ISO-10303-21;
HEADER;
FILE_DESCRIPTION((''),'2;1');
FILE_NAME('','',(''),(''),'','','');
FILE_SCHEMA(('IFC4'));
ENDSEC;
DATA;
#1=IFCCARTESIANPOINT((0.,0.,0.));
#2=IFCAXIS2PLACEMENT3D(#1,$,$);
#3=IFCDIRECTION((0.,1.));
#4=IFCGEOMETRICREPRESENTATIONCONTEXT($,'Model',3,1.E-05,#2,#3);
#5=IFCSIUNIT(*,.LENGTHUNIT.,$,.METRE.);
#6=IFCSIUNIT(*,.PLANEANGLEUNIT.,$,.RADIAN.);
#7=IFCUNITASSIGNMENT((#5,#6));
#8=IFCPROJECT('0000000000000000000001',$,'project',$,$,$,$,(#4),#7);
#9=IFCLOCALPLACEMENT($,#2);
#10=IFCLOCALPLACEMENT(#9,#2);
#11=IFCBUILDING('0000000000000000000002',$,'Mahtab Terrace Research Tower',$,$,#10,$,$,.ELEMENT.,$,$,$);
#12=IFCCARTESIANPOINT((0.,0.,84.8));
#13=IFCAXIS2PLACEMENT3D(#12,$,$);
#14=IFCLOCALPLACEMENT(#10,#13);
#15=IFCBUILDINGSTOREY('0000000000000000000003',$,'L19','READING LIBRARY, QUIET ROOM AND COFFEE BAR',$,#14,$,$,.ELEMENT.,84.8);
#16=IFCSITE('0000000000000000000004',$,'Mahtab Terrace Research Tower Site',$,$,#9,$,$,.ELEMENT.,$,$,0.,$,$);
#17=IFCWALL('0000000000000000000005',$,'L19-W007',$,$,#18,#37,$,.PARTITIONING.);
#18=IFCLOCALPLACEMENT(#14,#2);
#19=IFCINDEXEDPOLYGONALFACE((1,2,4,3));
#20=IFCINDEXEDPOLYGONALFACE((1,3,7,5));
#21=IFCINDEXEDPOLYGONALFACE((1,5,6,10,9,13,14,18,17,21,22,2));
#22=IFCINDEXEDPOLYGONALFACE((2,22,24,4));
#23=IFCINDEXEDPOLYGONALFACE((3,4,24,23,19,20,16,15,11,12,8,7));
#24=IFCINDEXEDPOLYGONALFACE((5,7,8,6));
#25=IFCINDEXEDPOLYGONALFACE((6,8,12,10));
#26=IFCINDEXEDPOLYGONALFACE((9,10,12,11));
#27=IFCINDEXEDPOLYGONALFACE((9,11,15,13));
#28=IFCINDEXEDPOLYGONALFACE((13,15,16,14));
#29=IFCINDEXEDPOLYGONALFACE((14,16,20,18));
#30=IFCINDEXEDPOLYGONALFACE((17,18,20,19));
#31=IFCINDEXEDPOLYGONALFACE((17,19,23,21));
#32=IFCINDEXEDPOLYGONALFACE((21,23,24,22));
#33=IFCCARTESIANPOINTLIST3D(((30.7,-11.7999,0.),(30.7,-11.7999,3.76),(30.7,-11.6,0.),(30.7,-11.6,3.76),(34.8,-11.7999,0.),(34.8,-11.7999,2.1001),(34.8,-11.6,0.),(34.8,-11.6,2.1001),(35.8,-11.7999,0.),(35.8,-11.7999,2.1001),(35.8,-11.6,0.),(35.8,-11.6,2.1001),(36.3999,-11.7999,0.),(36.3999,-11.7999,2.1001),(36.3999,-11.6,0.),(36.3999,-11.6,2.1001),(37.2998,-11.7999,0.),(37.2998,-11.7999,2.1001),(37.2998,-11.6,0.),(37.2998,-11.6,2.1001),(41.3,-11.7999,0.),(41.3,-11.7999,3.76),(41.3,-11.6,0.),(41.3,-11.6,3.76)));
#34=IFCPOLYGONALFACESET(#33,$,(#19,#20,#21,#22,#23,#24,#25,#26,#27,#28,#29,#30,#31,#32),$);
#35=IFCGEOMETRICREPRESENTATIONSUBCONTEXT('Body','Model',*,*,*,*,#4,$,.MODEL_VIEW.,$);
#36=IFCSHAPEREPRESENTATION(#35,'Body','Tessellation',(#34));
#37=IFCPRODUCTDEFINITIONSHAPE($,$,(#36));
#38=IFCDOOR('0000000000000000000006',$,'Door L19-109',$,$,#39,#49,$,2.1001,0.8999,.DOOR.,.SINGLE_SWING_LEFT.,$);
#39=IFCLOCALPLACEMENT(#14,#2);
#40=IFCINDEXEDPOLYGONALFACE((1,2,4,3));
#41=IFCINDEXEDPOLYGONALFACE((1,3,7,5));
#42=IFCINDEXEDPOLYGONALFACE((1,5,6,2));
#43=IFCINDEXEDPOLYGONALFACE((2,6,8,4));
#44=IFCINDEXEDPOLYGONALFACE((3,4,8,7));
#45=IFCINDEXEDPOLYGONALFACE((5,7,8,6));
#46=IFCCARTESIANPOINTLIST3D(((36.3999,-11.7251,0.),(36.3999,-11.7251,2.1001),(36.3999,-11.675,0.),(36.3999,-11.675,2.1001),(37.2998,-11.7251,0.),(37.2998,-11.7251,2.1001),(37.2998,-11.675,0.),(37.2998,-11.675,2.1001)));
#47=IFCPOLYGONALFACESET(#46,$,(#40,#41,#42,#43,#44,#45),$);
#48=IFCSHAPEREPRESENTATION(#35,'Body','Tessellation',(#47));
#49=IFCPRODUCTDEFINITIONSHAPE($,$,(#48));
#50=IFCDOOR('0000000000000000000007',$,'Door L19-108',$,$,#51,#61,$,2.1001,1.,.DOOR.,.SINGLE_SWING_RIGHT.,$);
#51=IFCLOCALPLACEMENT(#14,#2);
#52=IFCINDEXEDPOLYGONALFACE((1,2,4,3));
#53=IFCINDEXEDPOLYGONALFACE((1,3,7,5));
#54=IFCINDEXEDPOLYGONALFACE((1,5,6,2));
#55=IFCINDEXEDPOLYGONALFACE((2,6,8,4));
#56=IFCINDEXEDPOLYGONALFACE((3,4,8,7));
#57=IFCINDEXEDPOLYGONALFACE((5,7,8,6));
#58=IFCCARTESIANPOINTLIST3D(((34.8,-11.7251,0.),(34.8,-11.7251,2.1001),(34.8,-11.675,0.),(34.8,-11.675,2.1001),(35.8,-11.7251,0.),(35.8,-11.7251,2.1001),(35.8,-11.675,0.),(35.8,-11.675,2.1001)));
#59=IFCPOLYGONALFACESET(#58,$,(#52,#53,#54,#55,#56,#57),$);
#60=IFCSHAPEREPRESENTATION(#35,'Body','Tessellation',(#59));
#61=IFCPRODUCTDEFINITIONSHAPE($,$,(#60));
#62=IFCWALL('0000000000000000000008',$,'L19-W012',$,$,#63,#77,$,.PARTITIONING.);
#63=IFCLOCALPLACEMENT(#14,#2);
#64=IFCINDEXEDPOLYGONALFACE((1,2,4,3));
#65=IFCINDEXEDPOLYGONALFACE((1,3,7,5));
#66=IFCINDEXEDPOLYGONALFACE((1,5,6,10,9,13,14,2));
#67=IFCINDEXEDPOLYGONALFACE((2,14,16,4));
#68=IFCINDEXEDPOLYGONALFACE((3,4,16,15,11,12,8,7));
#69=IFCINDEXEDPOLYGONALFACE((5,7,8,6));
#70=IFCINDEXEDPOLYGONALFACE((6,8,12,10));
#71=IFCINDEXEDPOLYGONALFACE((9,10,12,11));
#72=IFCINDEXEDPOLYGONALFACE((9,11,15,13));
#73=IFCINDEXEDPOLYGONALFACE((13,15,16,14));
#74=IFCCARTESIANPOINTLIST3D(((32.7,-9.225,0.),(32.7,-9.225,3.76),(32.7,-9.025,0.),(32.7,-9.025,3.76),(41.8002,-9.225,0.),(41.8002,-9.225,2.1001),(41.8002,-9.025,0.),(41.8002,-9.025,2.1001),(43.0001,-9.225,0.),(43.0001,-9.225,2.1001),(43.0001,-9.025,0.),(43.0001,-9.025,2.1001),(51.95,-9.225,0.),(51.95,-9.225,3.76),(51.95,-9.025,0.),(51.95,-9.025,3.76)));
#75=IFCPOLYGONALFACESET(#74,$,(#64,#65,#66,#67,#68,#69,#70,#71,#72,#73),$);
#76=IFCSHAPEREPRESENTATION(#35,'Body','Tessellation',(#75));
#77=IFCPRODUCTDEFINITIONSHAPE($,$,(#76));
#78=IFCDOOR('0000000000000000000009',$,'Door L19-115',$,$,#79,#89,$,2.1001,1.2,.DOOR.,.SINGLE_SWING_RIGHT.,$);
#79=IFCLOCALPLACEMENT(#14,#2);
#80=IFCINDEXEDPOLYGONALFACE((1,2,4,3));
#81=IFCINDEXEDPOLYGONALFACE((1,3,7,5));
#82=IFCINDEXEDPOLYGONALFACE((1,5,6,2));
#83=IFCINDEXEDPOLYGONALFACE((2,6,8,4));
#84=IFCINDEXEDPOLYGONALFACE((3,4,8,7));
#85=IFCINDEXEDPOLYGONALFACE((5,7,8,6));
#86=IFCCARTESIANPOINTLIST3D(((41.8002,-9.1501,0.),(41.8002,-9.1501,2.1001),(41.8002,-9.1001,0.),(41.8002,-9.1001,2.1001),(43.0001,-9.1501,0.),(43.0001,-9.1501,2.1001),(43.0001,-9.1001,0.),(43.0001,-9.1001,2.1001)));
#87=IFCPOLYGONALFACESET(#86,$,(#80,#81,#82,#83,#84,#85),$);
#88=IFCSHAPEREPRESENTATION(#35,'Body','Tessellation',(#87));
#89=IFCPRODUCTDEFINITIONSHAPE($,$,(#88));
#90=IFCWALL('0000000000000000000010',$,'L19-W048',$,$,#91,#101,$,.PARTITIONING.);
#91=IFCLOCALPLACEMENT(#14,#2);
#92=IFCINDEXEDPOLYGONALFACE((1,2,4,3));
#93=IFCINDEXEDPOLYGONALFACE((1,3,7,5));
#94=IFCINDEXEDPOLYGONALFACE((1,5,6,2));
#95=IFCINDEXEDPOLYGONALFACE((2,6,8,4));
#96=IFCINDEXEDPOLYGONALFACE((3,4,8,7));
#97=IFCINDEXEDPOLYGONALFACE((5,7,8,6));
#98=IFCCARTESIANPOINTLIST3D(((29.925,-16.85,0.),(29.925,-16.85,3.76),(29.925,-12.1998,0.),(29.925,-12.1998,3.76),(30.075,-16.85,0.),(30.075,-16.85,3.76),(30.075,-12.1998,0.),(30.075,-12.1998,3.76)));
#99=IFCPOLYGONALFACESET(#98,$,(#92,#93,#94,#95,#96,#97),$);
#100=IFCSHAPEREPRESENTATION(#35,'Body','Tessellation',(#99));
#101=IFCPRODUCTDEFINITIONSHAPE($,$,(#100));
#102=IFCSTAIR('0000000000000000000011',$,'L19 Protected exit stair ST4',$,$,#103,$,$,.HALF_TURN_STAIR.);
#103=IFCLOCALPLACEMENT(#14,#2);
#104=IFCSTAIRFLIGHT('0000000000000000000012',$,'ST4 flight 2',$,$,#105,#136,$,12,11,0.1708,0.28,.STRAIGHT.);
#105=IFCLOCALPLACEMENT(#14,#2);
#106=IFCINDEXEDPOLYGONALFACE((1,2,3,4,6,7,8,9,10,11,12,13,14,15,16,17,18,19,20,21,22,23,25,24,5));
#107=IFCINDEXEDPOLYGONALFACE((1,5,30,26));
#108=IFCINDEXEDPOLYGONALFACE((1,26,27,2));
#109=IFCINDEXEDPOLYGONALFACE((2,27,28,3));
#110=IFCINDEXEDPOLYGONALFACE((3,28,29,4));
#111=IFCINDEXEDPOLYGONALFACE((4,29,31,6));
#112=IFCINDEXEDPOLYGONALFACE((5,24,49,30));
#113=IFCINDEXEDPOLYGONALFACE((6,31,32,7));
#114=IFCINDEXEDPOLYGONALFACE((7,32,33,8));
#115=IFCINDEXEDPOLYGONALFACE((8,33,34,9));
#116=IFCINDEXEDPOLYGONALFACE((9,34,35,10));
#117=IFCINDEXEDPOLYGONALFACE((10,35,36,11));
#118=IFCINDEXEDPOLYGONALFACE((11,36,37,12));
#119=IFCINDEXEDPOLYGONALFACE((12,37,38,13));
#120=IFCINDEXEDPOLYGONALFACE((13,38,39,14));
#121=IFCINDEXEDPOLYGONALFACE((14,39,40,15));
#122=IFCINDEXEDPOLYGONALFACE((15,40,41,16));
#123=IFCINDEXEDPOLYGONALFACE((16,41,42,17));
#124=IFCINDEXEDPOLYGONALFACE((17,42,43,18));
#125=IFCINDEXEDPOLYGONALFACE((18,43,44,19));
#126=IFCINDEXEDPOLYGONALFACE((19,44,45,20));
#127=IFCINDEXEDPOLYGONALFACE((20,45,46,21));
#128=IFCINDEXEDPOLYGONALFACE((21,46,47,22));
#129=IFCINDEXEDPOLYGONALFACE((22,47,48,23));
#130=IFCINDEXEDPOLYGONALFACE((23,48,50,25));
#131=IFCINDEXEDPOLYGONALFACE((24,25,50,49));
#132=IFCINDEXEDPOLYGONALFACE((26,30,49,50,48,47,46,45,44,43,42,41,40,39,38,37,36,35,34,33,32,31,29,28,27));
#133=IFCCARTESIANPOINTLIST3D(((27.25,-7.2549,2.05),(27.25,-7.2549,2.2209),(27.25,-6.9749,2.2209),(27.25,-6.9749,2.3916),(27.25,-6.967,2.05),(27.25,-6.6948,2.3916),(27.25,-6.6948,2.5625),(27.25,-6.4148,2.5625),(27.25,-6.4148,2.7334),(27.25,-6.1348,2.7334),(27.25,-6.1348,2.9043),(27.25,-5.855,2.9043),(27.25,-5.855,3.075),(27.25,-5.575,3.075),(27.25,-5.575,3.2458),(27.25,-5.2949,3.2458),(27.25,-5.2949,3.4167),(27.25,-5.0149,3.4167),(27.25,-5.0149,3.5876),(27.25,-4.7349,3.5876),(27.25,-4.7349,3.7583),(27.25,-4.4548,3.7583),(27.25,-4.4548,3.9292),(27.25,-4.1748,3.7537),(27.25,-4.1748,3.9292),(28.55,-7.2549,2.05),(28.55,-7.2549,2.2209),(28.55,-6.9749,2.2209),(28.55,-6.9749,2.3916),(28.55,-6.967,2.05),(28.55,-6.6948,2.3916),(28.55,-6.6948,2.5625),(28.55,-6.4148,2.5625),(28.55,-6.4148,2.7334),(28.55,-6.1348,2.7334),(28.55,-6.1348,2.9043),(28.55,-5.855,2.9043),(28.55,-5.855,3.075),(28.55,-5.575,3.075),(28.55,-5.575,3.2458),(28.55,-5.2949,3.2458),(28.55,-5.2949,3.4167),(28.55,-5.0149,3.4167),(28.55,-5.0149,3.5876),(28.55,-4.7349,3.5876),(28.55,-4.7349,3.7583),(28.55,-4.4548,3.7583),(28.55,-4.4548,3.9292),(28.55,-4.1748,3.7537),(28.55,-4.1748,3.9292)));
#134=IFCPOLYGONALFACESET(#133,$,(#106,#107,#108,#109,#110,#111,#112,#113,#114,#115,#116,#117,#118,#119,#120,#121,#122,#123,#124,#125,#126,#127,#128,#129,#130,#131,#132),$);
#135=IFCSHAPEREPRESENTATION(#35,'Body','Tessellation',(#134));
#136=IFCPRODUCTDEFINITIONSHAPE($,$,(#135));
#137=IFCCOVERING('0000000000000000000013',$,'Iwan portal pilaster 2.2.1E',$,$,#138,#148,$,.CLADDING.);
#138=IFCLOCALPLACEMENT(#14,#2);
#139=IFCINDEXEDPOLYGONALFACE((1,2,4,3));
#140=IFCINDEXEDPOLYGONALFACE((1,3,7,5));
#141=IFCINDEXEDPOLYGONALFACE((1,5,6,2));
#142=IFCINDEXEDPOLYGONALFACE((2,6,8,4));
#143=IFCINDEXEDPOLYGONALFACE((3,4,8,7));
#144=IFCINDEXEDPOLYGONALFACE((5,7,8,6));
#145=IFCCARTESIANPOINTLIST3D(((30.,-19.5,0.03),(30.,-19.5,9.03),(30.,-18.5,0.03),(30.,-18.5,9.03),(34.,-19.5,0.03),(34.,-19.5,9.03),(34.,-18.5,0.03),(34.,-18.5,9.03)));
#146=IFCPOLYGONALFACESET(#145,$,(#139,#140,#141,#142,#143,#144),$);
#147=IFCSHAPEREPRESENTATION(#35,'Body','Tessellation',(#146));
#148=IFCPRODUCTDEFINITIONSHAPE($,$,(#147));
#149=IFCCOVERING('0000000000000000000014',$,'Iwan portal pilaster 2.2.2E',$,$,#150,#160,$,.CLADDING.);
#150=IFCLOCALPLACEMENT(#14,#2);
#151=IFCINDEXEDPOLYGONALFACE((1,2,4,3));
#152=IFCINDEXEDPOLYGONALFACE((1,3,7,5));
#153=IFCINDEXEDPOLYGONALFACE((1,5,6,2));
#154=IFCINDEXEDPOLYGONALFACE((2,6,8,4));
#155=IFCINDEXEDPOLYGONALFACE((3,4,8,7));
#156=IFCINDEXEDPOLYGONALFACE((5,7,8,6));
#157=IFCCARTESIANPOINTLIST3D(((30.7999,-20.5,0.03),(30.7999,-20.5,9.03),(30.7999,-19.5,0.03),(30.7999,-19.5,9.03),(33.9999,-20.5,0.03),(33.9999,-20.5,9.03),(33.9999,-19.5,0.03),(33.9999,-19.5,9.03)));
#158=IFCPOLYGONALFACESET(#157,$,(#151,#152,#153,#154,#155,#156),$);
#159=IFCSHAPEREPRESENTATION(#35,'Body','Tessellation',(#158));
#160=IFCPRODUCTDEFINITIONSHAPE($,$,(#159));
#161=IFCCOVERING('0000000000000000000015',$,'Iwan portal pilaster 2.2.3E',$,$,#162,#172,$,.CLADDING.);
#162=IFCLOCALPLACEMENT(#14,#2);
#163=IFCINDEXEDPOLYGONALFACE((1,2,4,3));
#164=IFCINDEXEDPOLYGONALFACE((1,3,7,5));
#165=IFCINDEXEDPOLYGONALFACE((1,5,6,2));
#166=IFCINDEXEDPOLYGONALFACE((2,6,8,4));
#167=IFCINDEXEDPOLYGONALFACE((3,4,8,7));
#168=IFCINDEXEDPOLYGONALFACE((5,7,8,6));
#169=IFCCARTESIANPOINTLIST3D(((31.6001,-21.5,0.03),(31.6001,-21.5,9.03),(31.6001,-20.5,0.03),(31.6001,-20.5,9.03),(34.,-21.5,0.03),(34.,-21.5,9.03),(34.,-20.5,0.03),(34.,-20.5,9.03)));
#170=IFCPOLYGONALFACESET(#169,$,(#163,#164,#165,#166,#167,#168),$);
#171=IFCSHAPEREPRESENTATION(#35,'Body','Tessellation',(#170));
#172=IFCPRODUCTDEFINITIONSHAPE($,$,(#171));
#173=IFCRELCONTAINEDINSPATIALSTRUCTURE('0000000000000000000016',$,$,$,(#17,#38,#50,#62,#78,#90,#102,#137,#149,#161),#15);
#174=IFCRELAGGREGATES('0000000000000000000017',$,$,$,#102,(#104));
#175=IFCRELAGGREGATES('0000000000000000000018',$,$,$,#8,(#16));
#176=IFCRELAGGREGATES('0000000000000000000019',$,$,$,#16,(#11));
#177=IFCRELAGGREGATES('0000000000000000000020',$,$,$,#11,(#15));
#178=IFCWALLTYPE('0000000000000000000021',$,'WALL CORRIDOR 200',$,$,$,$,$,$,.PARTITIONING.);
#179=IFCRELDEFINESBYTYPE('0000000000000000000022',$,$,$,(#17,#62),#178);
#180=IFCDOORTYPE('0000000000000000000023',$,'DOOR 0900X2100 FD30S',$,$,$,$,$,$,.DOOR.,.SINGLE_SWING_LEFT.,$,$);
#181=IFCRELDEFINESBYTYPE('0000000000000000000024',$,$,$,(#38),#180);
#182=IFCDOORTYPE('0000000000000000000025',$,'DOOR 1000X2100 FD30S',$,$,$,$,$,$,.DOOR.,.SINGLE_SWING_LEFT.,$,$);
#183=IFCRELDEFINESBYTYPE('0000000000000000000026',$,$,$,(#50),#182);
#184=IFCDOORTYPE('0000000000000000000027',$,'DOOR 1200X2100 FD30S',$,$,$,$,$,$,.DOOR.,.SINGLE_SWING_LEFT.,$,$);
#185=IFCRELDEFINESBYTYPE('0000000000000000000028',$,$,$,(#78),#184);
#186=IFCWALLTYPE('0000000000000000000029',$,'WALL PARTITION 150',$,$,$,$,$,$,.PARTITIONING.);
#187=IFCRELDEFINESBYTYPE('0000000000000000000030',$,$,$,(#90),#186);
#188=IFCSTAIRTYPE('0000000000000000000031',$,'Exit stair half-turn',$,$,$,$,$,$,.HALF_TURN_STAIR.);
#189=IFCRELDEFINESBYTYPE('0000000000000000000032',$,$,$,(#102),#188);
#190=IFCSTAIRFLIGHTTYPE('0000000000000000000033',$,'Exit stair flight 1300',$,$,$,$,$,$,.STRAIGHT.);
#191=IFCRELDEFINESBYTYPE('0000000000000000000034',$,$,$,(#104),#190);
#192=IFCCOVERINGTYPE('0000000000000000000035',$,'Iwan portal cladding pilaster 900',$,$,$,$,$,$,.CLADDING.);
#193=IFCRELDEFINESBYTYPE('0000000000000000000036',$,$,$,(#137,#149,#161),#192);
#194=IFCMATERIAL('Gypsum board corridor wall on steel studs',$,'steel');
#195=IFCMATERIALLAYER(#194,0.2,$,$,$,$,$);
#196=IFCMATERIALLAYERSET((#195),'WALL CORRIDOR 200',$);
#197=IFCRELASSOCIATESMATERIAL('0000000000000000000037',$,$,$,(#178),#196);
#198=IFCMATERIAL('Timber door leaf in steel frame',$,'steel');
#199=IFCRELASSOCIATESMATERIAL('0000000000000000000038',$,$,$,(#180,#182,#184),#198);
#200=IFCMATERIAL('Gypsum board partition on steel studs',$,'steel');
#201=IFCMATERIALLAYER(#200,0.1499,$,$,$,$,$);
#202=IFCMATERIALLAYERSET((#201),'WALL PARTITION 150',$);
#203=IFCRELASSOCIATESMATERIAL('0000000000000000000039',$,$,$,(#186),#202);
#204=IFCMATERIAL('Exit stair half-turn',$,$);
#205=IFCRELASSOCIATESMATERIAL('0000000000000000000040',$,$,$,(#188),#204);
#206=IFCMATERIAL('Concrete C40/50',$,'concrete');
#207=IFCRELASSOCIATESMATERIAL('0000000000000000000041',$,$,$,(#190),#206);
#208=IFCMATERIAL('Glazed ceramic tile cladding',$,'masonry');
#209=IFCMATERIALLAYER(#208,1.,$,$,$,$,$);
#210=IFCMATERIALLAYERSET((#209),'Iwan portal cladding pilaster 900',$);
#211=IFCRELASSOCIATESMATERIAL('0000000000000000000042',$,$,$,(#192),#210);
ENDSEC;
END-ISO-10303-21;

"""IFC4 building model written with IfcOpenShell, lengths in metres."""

from ifc_helpers import new_model, si_unit, direction, frame, frame_2d, origin, origin_2d, place, context, subcontext, project, spatial, polyline, rectangle, outline, extrude, material, layer, layer_set, type_object, element, fill, aggregate, save


model = new_model("IFC4")

# Units and contexts
model_context = context("Model", 3, precision=1e-05, world=origin(), true_north=direction((0.0, 1.0)))
body_context = subcontext(model_context, "Body", "Model", "MODEL_VIEW")
ifc_project = project(units=[si_unit("LENGTHUNIT", "METRE"), si_unit("PLANEANGLEUNIT", "RADIAN")], contexts=[model_context])

# Site, building, storey
site_placement = place(None, origin())
site = spatial("IfcSite", under=ifc_project, at=site_placement, Name="Mahtab Terrace Research Tower Site", CompositionType="ELEMENT", RefElevation=0.0)
building_placement = place(site_placement, origin())
building = spatial("IfcBuilding", under=site, at=building_placement, Name="Mahtab Terrace Research Tower", CompositionType="ELEMENT")
storey_placement = place(building_placement, frame((0.0, 0.0, 84.8)))
storey = spatial("IfcBuildingStorey", under=building, at=storey_placement, Name="L19", Description="READING LIBRARY, QUIET ROOM AND COFFEE BAR", CompositionType="ELEMENT", Elevation=84.8)

# Wall, openings, doors
ifc_material_1 = material(Name="Gypsum board corridor wall on steel studs", Category="steel")
ifc_layer_1 = layer(ifc_material_1, 0.2)
ifc_layer_set_1 = layer_set([ifc_layer_1], Name="WALL CORRIDOR 200")
wall_type_1 = type_object("IfcWallType", Name="WALL CORRIDOR 200", PredefinedType="PARTITIONING", material=ifc_layer_set_1)
wall_1_placement = place(storey_placement, frame((30.7, -11.7, 0.0), z_axis=(0.0, 0.0, 1.0), x_axis=(1.0, 0.0, 0.0)))
wall_1 = element("IfcWall", 1, at=wall_1_placement, inside=storey, type_object=wall_type_1, Name="L19-W007", PredefinedType="PARTITIONING", context=body_context, shape_type="SweptSolid", body=[
    extrude(rectangle(XDim=10.6001, YDim=0.2, at=frame_2d((5.3, 0.0))), origin(), (0.0, 0.0, 1.0), 3.76),
])
opening_1_placement = place(wall_1_placement, frame((4.1001, 0.0, 0.0)))
opening_1 = element("IfcOpeningElement", 2, at=opening_1_placement, cuts=wall_1, PredefinedType="OPENING", context=body_context, shape_type="SweptSolid", body=[
    extrude(rectangle(XDim=1.0, YDim=2.1001, at=frame_2d((0.5, 1.05))), frame((0.0, 0.1099, 0.0), z_axis=(0.0, -1.0, 0.0), x_axis=(1.0, 0.0, 0.0)), (0.0, 0.0, 1.0), 0.22),
])
opening_2_placement = place(wall_1_placement, frame((5.7, 0.0, 0.0)))
opening_2 = element("IfcOpeningElement", 3, at=opening_2_placement, cuts=wall_1, PredefinedType="OPENING", context=body_context, shape_type="SweptSolid", body=[
    extrude(rectangle(XDim=0.8999, YDim=2.1001, at=frame_2d((0.45, 1.05))), frame((0.0, 0.1099, 0.0), z_axis=(0.0, -1.0, 0.0), x_axis=(1.0, 0.0, 0.0)), (0.0, 0.0, 1.0), 0.22),
])
ifc_material_2 = material(Name="Timber door leaf in steel frame", Category="steel")
door_type_1 = type_object("IfcDoorType", Name="DOOR 0900X2100 FD30S", OperationType="SINGLE_SWING_LEFT", PredefinedType="DOOR", material=ifc_material_2)
door_1_placement = place(opening_2_placement, origin())
door_1 = element("IfcDoor", 4, at=door_1_placement, inside=storey, type_object=door_type_1, Name="Door L19-109", OperationType="SINGLE_SWING_LEFT", OverallHeight=2.1001, OverallWidth=0.8999, PredefinedType="DOOR", context=body_context, shape_type="SweptSolid", body=[
    extrude(rectangle(XDim=0.8999, YDim=2.1001, at=frame_2d((0.45, 1.05))), frame((0.0, 0.0249, 0.0), z_axis=(0.0, -1.0, 0.0), x_axis=(1.0, 0.0, 0.0)), (0.0, 0.0, 1.0), 0.05),
])
fill(opening_2, door_1)
door_type_2 = type_object("IfcDoorType", Name="DOOR 1000X2100 FD30S", OperationType="SINGLE_SWING_LEFT", PredefinedType="DOOR", material=ifc_material_2)
door_2_placement = place(opening_1_placement, origin())
door_2 = element("IfcDoor", 5, at=door_2_placement, inside=storey, type_object=door_type_2, Name="Door L19-108", OperationType="SINGLE_SWING_RIGHT", OverallHeight=2.1001, OverallWidth=1.0, PredefinedType="DOOR", context=body_context, shape_type="SweptSolid", body=[
    extrude(rectangle(XDim=1.0, YDim=2.1001, at=frame_2d((0.5, 1.05))), frame((0.0, 0.0249, 0.0), z_axis=(0.0, -1.0, 0.0), x_axis=(1.0, 0.0, 0.0)), (0.0, 0.0, 1.0), 0.05),
])
fill(opening_1, door_2)

# Wall, opening, door
wall_2_placement = place(storey_placement, frame((32.7, -9.125, 0.0), z_axis=(0.0, 0.0, 1.0), x_axis=(1.0, 0.0, 0.0)))
wall_2 = element("IfcWall", 6, at=wall_2_placement, inside=storey, type_object=wall_type_1, Name="L19-W012", PredefinedType="PARTITIONING", context=body_context, shape_type="SweptSolid", body=[
    extrude(rectangle(XDim=19.25, YDim=0.2, at=frame_2d((9.625, 0.0))), origin(), (0.0, 0.0, 1.0), 3.76),
])
opening_3_placement = place(wall_2_placement, frame((9.1001, 0.0, 0.0)))
opening_3 = element("IfcOpeningElement", 7, at=opening_3_placement, cuts=wall_2, PredefinedType="OPENING", context=body_context, shape_type="SweptSolid", body=[
    extrude(rectangle(XDim=1.2, YDim=2.1001, at=frame_2d((0.6001, 1.05))), frame((0.0, 0.1099, 0.0), z_axis=(0.0, -1.0, 0.0), x_axis=(1.0, 0.0, 0.0)), (0.0, 0.0, 1.0), 0.22),
])
door_type_3 = type_object("IfcDoorType", Name="DOOR 1200X2100 FD30S", OperationType="SINGLE_SWING_LEFT", PredefinedType="DOOR", material=ifc_material_2)
door_3_placement = place(opening_3_placement, origin())
door_3 = element("IfcDoor", 8, at=door_3_placement, inside=storey, type_object=door_type_3, Name="Door L19-115", OperationType="SINGLE_SWING_RIGHT", OverallHeight=2.1001, OverallWidth=1.2, PredefinedType="DOOR", context=body_context, shape_type="SweptSolid", body=[
    extrude(rectangle(XDim=1.2, YDim=2.1001, at=frame_2d((0.6001, 1.05))), frame((0.0, 0.0249, 0.0), z_axis=(0.0, -1.0, 0.0), x_axis=(1.0, 0.0, 0.0)), (0.0, 0.0, 1.0), 0.05),
])
fill(opening_3, door_3)

# Wall
ifc_material_3 = material(Name="Gypsum board partition on steel studs", Category="steel")
ifc_layer_2 = layer(ifc_material_3, 0.1499)
ifc_layer_set_2 = layer_set([ifc_layer_2], Name="WALL PARTITION 150")
wall_type_2 = type_object("IfcWallType", Name="WALL PARTITION 150", PredefinedType="PARTITIONING", material=ifc_layer_set_2)
wall_3_placement = place(storey_placement, frame((30.0, -16.8501, 0.0), z_axis=(0.0, 0.0, 1.0), x_axis=(0.0, 1.0, 0.0)))
element("IfcWall", 9, at=wall_3_placement, inside=storey, type_object=wall_type_2, Name="L19-W048", PredefinedType="PARTITIONING", context=body_context, shape_type="SweptSolid", body=[
    extrude(rectangle(XDim=4.6501, YDim=0.1499, at=frame_2d((2.3252, 0.0))), origin(), (0.0, 0.0, 1.0), 3.76),
])

# Stair, stair flight
ifc_material_4 = material(Name="Exit stair half-turn")
stair_type = type_object("IfcStairType", Name="Exit stair half-turn", PredefinedType="HALF_TURN_STAIR", material=ifc_material_4)
stair_placement = place(storey_placement, origin())
stair = element("IfcStair", 10, at=stair_placement, inside=storey, type_object=stair_type, Name="L19 Protected exit stair ST4", PredefinedType="HALF_TURN_STAIR")
ifc_material_5 = material(Name="Concrete C40/50", Category="concrete")
stair_flight_type = type_object("IfcStairFlightType", Name="Exit stair flight 1300", PredefinedType="STRAIGHT", material=ifc_material_5)
stair_flight_placement = place(storey_placement, frame((27.8999, -7.2549, 2.05), z_axis=(0.0, 0.0, 1.0), x_axis=(0.0, 1.0, 0.0)))
stair_flight = element("IfcStairFlight", 11, at=stair_flight_placement, type_object=stair_flight_type, Name="ST4 flight 2", NumberOfRisers=12, NumberOfTreads=11, PredefinedType="STRAIGHT", RiserHeight=0.1708, TreadLength=0.28, context=body_context, shape_type="SweptSolid", body=[
    extrude(outline(polyline([(0.0, 0.0), (0.0, 0.1709), (0.28, 0.1709), (0.28, 0.3416), (0.5601, 0.3416), (0.5601, 0.5125), (0.8401, 0.5125), (0.8401, 0.6833), (1.1201, 0.6833), (1.1201, 0.8542), (1.3999, 0.8542), (1.3999, 1.0249), (1.6799, 1.0249), (1.6799, 1.1958), (1.96, 1.1958), (1.96, 1.3667), (2.24, 1.3667), (2.24, 1.5376), (2.52, 1.5376), (2.52, 1.7083), (2.8, 1.7083), (2.8, 1.8792), (3.0801, 1.8792), (3.0801, 2.05), (3.0801, 1.7036), (0.2878, 0.0), (0.0, 0.0)])), frame((0.0, 0.6499, 0.0), z_axis=(0.0, -1.0, 0.0), x_axis=(1.0, 0.0, 0.0)), (0.0, 0.0, 1.0), 1.3),
])
aggregate(stair, [stair_flight])

# Coverings
ifc_material_6 = material(Name="Glazed ceramic tile cladding", Category="masonry")
ifc_layer_3 = layer(ifc_material_6, 1.0)
ifc_layer_set_3 = layer_set([ifc_layer_3], Name="Iwan portal cladding pilaster 900")
covering_type_1 = type_object("IfcCoveringType", Name="Iwan portal cladding pilaster 900", PredefinedType="CLADDING", material=ifc_layer_set_3)
covering_1_placement = place(storey_placement, frame((32.0, -19.0, 0.03), z_axis=(0.0, 0.0, 1.0), x_axis=(1.0, 0.0, 0.0)))
element("IfcCovering", 12, at=covering_1_placement, inside=storey, type_object=covering_type_1, Name="Iwan portal pilaster 2.2.1E", PredefinedType="CLADDING", context=body_context, shape_type="SweptSolid", body=[
    extrude(rectangle(XDim=4.0, YDim=1.0, at=origin_2d()), origin(), (0.0, 0.0, 1.0), 9.0),
])
covering_2_placement = place(storey_placement, frame((32.3999, -20.0, 0.03), z_axis=(0.0, 0.0, 1.0), x_axis=(1.0, 0.0, 0.0)))
element("IfcCovering", 13, at=covering_2_placement, inside=storey, type_object=covering_type_1, Name="Iwan portal pilaster 2.2.2E", PredefinedType="CLADDING", context=body_context, shape_type="SweptSolid", body=[
    extrude(rectangle(XDim=3.2, YDim=1.0, at=origin_2d()), origin(), (0.0, 0.0, 1.0), 9.0),
])
covering_3_placement = place(storey_placement, frame((32.8, -21.0, 0.03), z_axis=(0.0, 0.0, 1.0), x_axis=(1.0, 0.0, 0.0)))
element("IfcCovering", 14, at=covering_3_placement, inside=storey, type_object=covering_type_1, Name="Iwan portal pilaster 2.2.3E", PredefinedType="CLADDING", context=body_context, shape_type="SweptSolid", body=[
    extrude(rectangle(XDim=2.3999, YDim=1.0, at=origin_2d()), origin(), (0.0, 0.0, 1.0), 9.0),
])

save(model, "model.ifc")
